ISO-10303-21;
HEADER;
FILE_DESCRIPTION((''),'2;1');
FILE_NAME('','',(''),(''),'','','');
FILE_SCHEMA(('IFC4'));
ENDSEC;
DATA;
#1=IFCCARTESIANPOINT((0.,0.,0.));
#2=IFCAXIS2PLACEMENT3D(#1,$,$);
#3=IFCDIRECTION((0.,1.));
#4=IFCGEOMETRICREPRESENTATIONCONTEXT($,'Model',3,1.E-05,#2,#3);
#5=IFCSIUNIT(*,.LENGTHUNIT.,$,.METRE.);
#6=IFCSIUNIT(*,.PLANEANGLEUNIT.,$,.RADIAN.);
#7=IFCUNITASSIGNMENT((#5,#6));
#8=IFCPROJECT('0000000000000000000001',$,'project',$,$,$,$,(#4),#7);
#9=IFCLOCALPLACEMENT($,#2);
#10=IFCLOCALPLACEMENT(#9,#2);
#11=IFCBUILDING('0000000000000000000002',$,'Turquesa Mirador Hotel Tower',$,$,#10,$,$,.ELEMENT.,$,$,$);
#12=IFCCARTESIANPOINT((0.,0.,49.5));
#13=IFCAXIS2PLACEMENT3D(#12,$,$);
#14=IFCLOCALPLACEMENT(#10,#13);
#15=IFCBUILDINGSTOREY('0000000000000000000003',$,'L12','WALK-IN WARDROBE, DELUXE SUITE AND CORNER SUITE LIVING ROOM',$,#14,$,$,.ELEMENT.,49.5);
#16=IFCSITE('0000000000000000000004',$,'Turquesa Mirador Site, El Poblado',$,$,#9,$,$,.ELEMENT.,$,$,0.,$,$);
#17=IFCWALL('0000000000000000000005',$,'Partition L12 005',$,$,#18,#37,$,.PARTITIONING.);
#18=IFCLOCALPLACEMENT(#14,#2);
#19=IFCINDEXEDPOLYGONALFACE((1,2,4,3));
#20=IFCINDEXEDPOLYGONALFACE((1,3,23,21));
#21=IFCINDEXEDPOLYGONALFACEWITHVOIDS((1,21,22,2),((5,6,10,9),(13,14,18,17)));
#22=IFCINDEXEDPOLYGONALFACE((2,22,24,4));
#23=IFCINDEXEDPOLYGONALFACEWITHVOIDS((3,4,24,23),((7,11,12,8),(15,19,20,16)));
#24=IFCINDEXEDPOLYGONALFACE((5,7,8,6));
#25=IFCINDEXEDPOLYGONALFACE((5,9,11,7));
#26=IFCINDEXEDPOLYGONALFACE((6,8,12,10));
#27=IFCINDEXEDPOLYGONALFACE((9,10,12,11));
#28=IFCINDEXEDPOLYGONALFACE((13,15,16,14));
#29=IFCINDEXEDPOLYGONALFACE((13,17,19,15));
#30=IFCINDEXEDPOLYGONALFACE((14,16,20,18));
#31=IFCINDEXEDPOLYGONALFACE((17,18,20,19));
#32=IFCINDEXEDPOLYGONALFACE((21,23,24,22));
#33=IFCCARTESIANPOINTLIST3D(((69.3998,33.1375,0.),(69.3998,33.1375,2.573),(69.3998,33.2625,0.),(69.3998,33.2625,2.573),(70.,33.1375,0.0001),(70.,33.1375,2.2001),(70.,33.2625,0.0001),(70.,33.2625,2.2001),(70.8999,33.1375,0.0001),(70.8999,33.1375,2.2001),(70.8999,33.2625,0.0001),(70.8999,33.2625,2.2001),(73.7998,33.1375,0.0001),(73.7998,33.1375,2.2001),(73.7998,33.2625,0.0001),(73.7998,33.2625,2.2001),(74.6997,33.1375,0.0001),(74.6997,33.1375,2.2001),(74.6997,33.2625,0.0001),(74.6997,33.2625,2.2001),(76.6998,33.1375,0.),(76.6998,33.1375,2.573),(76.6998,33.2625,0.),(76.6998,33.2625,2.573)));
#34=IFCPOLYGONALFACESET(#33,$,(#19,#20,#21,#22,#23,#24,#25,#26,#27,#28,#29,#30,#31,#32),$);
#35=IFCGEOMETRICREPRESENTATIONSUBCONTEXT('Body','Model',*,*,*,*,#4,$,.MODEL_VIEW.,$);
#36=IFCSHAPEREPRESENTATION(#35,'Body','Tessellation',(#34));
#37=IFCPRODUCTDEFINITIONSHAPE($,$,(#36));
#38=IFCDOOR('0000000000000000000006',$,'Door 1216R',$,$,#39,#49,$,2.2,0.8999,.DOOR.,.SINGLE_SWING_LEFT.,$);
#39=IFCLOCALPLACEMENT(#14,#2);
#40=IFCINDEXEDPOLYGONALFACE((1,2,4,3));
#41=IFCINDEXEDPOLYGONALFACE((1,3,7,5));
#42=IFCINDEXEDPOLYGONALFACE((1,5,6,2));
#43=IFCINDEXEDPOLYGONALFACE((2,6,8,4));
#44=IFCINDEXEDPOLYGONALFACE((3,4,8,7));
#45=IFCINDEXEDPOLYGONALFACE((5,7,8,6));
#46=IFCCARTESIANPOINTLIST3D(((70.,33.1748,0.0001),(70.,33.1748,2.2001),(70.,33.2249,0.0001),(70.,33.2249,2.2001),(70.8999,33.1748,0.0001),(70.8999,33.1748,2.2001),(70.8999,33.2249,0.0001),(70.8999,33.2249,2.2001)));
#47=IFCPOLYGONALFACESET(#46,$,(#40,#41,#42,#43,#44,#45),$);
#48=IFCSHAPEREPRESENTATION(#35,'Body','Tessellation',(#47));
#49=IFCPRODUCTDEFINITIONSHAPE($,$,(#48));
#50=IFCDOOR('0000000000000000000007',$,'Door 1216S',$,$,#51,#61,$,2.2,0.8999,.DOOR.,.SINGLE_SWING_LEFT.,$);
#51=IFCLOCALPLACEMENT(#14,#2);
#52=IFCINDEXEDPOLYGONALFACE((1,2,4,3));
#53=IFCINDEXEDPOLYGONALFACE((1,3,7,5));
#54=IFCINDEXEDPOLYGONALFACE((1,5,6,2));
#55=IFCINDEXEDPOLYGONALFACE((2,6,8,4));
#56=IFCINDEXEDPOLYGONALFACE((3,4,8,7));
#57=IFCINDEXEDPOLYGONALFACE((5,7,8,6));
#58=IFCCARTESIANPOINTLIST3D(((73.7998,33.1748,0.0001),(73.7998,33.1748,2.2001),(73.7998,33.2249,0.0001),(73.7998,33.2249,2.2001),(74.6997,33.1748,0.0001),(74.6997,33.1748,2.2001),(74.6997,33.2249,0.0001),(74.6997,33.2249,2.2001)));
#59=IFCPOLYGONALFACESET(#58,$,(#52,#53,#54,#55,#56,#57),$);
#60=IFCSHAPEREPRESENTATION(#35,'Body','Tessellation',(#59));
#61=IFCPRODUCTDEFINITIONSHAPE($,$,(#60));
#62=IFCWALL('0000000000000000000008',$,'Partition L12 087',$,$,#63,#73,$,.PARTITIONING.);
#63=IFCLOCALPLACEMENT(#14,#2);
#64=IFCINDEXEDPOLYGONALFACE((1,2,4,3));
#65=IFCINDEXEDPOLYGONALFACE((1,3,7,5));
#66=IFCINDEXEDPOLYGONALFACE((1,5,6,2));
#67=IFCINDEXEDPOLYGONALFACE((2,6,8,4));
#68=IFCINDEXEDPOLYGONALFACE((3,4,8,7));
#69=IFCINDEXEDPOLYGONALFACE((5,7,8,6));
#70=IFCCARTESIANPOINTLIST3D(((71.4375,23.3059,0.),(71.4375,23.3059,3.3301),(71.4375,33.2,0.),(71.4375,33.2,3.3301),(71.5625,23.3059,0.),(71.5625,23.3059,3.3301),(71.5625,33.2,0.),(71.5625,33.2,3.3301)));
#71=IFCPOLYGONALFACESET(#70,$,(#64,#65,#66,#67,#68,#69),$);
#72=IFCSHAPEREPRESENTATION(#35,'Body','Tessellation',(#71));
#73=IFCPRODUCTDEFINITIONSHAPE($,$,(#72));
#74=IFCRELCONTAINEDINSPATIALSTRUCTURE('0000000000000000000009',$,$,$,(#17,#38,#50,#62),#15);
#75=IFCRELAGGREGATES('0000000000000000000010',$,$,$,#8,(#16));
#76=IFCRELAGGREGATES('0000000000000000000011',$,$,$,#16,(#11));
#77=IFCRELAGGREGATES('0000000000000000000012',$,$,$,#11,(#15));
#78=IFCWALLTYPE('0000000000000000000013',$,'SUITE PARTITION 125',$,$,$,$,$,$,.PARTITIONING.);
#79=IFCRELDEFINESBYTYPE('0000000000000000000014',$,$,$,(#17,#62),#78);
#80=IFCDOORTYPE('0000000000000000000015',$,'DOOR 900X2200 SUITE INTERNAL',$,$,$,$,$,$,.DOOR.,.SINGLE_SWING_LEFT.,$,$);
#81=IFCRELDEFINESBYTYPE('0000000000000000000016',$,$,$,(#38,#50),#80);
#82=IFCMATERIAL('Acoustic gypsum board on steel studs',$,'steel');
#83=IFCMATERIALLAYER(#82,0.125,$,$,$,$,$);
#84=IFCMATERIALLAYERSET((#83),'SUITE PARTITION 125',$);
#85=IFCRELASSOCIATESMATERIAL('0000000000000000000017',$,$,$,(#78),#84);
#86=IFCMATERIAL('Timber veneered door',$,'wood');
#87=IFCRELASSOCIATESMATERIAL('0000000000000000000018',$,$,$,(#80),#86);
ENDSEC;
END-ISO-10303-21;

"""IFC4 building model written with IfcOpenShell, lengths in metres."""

from ifc_helpers import new_model, si_unit, direction, frame, frame_2d, origin, place, context, subcontext, project, spatial, rectangle, extrude, material, layer, layer_set, type_object, element, fill, save


model = new_model("IFC4")

# Units and contexts
model_context = context("Model", 3, precision=1e-05, world=origin(), true_north=direction((0.0, 1.0)))
body_context = subcontext(model_context, "Body", "Model", "MODEL_VIEW")
ifc_project = project(units=[si_unit("LENGTHUNIT", "METRE"), si_unit("PLANEANGLEUNIT", "RADIAN")], contexts=[model_context])

# Site, building, storey
site_placement = place(None, origin())
site = spatial("IfcSite", under=ifc_project, at=site_placement, Name="Turquesa Mirador Site, El Poblado", CompositionType="ELEMENT", RefElevation=0.0)
building_placement = place(site_placement, origin())
building = spatial("IfcBuilding", under=site, at=building_placement, Name="Turquesa Mirador Hotel Tower", CompositionType="ELEMENT")
storey_placement = place(building_placement, frame((0.0, 0.0, 49.5)))
storey = spatial("IfcBuildingStorey", under=building, at=storey_placement, Name="L12", Description="WALK-IN WARDROBE, DELUXE SUITE AND CORNER SUITE LIVING ROOM", CompositionType="ELEMENT", Elevation=49.5)

# Wall, openings, doors
ifc_material_1 = material(Name="Acoustic gypsum board on steel studs", Category="steel")
ifc_layer_1 = layer(ifc_material_1, 0.125)
ifc_layer_set_1 = layer_set([ifc_layer_1], Name="SUITE PARTITION 125")
wall_type_1 = type_object("IfcWallType", Name="SUITE PARTITION 125", PredefinedType="PARTITIONING", material=ifc_layer_set_1)
wall_1_placement = place(storey_placement, frame((69.3999, 33.2, 0.0), z_axis=(0.0, 0.0, 1.0), x_axis=(1.0, 0.0, 0.0)))
wall_1 = element("IfcWall", 1, at=wall_1_placement, inside=storey, type_object=wall_type_1, Name="Partition L12 005", PredefinedType="PARTITIONING", context=body_context, shape_type="SweptSolid", body=[
    extrude(rectangle(XDim=7.3, YDim=0.125, at=frame_2d((3.6499, 0.0))), origin(), (0.0, 0.0, 1.0), 2.573),
])
opening_1_placement = place(wall_1_placement, frame((0.6001, 0.0, 0.0)))
opening_1 = element("IfcOpeningElement", 2, at=opening_1_placement, cuts=wall_1, PredefinedType="OPENING", context=body_context, shape_type="SweptSolid", body=[
    extrude(rectangle(XDim=0.8999, YDim=2.2, at=frame_2d((0.45, 1.1001))), frame((0.0, 0.0725, 0.0), z_axis=(0.0, -1.0, 0.0), x_axis=(1.0, 0.0, 0.0)), (0.0, 0.0, 1.0), 0.145),
])
opening_2_placement = place(wall_1_placement, frame((4.3999, 0.0, 0.0)))
opening_2 = element("IfcOpeningElement", 3, at=opening_2_placement, cuts=wall_1, PredefinedType="OPENING", context=body_context, shape_type="SweptSolid", body=[
    extrude(rectangle(XDim=0.8999, YDim=2.2, at=frame_2d((0.45, 1.1001))), frame((0.0, 0.0725, 0.0), z_axis=(0.0, -1.0, 0.0), x_axis=(1.0, 0.0, 0.0)), (0.0, 0.0, 1.0), 0.145),
])
ifc_material_2 = material(Name="Timber veneered door", Category="wood")
door_type_1 = type_object("IfcDoorType", Name="DOOR 900X2200 SUITE INTERNAL", OperationType="SINGLE_SWING_LEFT", PredefinedType="DOOR", material=ifc_material_2)
door_1_placement = place(opening_1_placement, origin())
door_1 = element("IfcDoor", 4, at=door_1_placement, inside=storey, type_object=door_type_1, Name="Door 1216R", OperationType="SINGLE_SWING_LEFT", OverallHeight=2.2, OverallWidth=0.8999, PredefinedType="DOOR", context=body_context, shape_type="SweptSolid", body=[
    extrude(rectangle(XDim=0.8999, YDim=2.2, at=frame_2d((0.45, 1.1001))), frame((0.0, 0.0249, 0.0), z_axis=(0.0, -1.0, 0.0), x_axis=(1.0, 0.0, 0.0)), (0.0, 0.0, 1.0), 0.05),
])
fill(opening_1, door_1)
door_2_placement = place(opening_2_placement, origin())
door_2 = element("IfcDoor", 5, at=door_2_placement, inside=storey, type_object=door_type_1, Name="Door 1216S", OperationType="SINGLE_SWING_LEFT", OverallHeight=2.2, OverallWidth=0.8999, PredefinedType="DOOR", context=body_context, shape_type="SweptSolid", body=[
    extrude(rectangle(XDim=0.8999, YDim=2.2, at=frame_2d((0.45, 1.1001))), frame((0.0, 0.0249, 0.0), z_axis=(0.0, -1.0, 0.0), x_axis=(1.0, 0.0, 0.0)), (0.0, 0.0, 1.0), 0.05),
])
fill(opening_2, door_2)

# Wall
wall_2_placement = place(storey_placement, frame((71.5, 23.3059, 0.0), z_axis=(0.0, 0.0, 1.0), x_axis=(0.0, 1.0, 0.0)))
element("IfcWall", 6, at=wall_2_placement, inside=storey, type_object=wall_type_1, Name="Partition L12 087", PredefinedType="PARTITIONING", context=body_context, shape_type="SweptSolid", body=[
    extrude(rectangle(XDim=9.894, YDim=0.125, at=frame_2d((4.947, 0.0))), origin(), (0.0, 0.0, 1.0), 3.3301),
])

save(model, "model.ifc")
